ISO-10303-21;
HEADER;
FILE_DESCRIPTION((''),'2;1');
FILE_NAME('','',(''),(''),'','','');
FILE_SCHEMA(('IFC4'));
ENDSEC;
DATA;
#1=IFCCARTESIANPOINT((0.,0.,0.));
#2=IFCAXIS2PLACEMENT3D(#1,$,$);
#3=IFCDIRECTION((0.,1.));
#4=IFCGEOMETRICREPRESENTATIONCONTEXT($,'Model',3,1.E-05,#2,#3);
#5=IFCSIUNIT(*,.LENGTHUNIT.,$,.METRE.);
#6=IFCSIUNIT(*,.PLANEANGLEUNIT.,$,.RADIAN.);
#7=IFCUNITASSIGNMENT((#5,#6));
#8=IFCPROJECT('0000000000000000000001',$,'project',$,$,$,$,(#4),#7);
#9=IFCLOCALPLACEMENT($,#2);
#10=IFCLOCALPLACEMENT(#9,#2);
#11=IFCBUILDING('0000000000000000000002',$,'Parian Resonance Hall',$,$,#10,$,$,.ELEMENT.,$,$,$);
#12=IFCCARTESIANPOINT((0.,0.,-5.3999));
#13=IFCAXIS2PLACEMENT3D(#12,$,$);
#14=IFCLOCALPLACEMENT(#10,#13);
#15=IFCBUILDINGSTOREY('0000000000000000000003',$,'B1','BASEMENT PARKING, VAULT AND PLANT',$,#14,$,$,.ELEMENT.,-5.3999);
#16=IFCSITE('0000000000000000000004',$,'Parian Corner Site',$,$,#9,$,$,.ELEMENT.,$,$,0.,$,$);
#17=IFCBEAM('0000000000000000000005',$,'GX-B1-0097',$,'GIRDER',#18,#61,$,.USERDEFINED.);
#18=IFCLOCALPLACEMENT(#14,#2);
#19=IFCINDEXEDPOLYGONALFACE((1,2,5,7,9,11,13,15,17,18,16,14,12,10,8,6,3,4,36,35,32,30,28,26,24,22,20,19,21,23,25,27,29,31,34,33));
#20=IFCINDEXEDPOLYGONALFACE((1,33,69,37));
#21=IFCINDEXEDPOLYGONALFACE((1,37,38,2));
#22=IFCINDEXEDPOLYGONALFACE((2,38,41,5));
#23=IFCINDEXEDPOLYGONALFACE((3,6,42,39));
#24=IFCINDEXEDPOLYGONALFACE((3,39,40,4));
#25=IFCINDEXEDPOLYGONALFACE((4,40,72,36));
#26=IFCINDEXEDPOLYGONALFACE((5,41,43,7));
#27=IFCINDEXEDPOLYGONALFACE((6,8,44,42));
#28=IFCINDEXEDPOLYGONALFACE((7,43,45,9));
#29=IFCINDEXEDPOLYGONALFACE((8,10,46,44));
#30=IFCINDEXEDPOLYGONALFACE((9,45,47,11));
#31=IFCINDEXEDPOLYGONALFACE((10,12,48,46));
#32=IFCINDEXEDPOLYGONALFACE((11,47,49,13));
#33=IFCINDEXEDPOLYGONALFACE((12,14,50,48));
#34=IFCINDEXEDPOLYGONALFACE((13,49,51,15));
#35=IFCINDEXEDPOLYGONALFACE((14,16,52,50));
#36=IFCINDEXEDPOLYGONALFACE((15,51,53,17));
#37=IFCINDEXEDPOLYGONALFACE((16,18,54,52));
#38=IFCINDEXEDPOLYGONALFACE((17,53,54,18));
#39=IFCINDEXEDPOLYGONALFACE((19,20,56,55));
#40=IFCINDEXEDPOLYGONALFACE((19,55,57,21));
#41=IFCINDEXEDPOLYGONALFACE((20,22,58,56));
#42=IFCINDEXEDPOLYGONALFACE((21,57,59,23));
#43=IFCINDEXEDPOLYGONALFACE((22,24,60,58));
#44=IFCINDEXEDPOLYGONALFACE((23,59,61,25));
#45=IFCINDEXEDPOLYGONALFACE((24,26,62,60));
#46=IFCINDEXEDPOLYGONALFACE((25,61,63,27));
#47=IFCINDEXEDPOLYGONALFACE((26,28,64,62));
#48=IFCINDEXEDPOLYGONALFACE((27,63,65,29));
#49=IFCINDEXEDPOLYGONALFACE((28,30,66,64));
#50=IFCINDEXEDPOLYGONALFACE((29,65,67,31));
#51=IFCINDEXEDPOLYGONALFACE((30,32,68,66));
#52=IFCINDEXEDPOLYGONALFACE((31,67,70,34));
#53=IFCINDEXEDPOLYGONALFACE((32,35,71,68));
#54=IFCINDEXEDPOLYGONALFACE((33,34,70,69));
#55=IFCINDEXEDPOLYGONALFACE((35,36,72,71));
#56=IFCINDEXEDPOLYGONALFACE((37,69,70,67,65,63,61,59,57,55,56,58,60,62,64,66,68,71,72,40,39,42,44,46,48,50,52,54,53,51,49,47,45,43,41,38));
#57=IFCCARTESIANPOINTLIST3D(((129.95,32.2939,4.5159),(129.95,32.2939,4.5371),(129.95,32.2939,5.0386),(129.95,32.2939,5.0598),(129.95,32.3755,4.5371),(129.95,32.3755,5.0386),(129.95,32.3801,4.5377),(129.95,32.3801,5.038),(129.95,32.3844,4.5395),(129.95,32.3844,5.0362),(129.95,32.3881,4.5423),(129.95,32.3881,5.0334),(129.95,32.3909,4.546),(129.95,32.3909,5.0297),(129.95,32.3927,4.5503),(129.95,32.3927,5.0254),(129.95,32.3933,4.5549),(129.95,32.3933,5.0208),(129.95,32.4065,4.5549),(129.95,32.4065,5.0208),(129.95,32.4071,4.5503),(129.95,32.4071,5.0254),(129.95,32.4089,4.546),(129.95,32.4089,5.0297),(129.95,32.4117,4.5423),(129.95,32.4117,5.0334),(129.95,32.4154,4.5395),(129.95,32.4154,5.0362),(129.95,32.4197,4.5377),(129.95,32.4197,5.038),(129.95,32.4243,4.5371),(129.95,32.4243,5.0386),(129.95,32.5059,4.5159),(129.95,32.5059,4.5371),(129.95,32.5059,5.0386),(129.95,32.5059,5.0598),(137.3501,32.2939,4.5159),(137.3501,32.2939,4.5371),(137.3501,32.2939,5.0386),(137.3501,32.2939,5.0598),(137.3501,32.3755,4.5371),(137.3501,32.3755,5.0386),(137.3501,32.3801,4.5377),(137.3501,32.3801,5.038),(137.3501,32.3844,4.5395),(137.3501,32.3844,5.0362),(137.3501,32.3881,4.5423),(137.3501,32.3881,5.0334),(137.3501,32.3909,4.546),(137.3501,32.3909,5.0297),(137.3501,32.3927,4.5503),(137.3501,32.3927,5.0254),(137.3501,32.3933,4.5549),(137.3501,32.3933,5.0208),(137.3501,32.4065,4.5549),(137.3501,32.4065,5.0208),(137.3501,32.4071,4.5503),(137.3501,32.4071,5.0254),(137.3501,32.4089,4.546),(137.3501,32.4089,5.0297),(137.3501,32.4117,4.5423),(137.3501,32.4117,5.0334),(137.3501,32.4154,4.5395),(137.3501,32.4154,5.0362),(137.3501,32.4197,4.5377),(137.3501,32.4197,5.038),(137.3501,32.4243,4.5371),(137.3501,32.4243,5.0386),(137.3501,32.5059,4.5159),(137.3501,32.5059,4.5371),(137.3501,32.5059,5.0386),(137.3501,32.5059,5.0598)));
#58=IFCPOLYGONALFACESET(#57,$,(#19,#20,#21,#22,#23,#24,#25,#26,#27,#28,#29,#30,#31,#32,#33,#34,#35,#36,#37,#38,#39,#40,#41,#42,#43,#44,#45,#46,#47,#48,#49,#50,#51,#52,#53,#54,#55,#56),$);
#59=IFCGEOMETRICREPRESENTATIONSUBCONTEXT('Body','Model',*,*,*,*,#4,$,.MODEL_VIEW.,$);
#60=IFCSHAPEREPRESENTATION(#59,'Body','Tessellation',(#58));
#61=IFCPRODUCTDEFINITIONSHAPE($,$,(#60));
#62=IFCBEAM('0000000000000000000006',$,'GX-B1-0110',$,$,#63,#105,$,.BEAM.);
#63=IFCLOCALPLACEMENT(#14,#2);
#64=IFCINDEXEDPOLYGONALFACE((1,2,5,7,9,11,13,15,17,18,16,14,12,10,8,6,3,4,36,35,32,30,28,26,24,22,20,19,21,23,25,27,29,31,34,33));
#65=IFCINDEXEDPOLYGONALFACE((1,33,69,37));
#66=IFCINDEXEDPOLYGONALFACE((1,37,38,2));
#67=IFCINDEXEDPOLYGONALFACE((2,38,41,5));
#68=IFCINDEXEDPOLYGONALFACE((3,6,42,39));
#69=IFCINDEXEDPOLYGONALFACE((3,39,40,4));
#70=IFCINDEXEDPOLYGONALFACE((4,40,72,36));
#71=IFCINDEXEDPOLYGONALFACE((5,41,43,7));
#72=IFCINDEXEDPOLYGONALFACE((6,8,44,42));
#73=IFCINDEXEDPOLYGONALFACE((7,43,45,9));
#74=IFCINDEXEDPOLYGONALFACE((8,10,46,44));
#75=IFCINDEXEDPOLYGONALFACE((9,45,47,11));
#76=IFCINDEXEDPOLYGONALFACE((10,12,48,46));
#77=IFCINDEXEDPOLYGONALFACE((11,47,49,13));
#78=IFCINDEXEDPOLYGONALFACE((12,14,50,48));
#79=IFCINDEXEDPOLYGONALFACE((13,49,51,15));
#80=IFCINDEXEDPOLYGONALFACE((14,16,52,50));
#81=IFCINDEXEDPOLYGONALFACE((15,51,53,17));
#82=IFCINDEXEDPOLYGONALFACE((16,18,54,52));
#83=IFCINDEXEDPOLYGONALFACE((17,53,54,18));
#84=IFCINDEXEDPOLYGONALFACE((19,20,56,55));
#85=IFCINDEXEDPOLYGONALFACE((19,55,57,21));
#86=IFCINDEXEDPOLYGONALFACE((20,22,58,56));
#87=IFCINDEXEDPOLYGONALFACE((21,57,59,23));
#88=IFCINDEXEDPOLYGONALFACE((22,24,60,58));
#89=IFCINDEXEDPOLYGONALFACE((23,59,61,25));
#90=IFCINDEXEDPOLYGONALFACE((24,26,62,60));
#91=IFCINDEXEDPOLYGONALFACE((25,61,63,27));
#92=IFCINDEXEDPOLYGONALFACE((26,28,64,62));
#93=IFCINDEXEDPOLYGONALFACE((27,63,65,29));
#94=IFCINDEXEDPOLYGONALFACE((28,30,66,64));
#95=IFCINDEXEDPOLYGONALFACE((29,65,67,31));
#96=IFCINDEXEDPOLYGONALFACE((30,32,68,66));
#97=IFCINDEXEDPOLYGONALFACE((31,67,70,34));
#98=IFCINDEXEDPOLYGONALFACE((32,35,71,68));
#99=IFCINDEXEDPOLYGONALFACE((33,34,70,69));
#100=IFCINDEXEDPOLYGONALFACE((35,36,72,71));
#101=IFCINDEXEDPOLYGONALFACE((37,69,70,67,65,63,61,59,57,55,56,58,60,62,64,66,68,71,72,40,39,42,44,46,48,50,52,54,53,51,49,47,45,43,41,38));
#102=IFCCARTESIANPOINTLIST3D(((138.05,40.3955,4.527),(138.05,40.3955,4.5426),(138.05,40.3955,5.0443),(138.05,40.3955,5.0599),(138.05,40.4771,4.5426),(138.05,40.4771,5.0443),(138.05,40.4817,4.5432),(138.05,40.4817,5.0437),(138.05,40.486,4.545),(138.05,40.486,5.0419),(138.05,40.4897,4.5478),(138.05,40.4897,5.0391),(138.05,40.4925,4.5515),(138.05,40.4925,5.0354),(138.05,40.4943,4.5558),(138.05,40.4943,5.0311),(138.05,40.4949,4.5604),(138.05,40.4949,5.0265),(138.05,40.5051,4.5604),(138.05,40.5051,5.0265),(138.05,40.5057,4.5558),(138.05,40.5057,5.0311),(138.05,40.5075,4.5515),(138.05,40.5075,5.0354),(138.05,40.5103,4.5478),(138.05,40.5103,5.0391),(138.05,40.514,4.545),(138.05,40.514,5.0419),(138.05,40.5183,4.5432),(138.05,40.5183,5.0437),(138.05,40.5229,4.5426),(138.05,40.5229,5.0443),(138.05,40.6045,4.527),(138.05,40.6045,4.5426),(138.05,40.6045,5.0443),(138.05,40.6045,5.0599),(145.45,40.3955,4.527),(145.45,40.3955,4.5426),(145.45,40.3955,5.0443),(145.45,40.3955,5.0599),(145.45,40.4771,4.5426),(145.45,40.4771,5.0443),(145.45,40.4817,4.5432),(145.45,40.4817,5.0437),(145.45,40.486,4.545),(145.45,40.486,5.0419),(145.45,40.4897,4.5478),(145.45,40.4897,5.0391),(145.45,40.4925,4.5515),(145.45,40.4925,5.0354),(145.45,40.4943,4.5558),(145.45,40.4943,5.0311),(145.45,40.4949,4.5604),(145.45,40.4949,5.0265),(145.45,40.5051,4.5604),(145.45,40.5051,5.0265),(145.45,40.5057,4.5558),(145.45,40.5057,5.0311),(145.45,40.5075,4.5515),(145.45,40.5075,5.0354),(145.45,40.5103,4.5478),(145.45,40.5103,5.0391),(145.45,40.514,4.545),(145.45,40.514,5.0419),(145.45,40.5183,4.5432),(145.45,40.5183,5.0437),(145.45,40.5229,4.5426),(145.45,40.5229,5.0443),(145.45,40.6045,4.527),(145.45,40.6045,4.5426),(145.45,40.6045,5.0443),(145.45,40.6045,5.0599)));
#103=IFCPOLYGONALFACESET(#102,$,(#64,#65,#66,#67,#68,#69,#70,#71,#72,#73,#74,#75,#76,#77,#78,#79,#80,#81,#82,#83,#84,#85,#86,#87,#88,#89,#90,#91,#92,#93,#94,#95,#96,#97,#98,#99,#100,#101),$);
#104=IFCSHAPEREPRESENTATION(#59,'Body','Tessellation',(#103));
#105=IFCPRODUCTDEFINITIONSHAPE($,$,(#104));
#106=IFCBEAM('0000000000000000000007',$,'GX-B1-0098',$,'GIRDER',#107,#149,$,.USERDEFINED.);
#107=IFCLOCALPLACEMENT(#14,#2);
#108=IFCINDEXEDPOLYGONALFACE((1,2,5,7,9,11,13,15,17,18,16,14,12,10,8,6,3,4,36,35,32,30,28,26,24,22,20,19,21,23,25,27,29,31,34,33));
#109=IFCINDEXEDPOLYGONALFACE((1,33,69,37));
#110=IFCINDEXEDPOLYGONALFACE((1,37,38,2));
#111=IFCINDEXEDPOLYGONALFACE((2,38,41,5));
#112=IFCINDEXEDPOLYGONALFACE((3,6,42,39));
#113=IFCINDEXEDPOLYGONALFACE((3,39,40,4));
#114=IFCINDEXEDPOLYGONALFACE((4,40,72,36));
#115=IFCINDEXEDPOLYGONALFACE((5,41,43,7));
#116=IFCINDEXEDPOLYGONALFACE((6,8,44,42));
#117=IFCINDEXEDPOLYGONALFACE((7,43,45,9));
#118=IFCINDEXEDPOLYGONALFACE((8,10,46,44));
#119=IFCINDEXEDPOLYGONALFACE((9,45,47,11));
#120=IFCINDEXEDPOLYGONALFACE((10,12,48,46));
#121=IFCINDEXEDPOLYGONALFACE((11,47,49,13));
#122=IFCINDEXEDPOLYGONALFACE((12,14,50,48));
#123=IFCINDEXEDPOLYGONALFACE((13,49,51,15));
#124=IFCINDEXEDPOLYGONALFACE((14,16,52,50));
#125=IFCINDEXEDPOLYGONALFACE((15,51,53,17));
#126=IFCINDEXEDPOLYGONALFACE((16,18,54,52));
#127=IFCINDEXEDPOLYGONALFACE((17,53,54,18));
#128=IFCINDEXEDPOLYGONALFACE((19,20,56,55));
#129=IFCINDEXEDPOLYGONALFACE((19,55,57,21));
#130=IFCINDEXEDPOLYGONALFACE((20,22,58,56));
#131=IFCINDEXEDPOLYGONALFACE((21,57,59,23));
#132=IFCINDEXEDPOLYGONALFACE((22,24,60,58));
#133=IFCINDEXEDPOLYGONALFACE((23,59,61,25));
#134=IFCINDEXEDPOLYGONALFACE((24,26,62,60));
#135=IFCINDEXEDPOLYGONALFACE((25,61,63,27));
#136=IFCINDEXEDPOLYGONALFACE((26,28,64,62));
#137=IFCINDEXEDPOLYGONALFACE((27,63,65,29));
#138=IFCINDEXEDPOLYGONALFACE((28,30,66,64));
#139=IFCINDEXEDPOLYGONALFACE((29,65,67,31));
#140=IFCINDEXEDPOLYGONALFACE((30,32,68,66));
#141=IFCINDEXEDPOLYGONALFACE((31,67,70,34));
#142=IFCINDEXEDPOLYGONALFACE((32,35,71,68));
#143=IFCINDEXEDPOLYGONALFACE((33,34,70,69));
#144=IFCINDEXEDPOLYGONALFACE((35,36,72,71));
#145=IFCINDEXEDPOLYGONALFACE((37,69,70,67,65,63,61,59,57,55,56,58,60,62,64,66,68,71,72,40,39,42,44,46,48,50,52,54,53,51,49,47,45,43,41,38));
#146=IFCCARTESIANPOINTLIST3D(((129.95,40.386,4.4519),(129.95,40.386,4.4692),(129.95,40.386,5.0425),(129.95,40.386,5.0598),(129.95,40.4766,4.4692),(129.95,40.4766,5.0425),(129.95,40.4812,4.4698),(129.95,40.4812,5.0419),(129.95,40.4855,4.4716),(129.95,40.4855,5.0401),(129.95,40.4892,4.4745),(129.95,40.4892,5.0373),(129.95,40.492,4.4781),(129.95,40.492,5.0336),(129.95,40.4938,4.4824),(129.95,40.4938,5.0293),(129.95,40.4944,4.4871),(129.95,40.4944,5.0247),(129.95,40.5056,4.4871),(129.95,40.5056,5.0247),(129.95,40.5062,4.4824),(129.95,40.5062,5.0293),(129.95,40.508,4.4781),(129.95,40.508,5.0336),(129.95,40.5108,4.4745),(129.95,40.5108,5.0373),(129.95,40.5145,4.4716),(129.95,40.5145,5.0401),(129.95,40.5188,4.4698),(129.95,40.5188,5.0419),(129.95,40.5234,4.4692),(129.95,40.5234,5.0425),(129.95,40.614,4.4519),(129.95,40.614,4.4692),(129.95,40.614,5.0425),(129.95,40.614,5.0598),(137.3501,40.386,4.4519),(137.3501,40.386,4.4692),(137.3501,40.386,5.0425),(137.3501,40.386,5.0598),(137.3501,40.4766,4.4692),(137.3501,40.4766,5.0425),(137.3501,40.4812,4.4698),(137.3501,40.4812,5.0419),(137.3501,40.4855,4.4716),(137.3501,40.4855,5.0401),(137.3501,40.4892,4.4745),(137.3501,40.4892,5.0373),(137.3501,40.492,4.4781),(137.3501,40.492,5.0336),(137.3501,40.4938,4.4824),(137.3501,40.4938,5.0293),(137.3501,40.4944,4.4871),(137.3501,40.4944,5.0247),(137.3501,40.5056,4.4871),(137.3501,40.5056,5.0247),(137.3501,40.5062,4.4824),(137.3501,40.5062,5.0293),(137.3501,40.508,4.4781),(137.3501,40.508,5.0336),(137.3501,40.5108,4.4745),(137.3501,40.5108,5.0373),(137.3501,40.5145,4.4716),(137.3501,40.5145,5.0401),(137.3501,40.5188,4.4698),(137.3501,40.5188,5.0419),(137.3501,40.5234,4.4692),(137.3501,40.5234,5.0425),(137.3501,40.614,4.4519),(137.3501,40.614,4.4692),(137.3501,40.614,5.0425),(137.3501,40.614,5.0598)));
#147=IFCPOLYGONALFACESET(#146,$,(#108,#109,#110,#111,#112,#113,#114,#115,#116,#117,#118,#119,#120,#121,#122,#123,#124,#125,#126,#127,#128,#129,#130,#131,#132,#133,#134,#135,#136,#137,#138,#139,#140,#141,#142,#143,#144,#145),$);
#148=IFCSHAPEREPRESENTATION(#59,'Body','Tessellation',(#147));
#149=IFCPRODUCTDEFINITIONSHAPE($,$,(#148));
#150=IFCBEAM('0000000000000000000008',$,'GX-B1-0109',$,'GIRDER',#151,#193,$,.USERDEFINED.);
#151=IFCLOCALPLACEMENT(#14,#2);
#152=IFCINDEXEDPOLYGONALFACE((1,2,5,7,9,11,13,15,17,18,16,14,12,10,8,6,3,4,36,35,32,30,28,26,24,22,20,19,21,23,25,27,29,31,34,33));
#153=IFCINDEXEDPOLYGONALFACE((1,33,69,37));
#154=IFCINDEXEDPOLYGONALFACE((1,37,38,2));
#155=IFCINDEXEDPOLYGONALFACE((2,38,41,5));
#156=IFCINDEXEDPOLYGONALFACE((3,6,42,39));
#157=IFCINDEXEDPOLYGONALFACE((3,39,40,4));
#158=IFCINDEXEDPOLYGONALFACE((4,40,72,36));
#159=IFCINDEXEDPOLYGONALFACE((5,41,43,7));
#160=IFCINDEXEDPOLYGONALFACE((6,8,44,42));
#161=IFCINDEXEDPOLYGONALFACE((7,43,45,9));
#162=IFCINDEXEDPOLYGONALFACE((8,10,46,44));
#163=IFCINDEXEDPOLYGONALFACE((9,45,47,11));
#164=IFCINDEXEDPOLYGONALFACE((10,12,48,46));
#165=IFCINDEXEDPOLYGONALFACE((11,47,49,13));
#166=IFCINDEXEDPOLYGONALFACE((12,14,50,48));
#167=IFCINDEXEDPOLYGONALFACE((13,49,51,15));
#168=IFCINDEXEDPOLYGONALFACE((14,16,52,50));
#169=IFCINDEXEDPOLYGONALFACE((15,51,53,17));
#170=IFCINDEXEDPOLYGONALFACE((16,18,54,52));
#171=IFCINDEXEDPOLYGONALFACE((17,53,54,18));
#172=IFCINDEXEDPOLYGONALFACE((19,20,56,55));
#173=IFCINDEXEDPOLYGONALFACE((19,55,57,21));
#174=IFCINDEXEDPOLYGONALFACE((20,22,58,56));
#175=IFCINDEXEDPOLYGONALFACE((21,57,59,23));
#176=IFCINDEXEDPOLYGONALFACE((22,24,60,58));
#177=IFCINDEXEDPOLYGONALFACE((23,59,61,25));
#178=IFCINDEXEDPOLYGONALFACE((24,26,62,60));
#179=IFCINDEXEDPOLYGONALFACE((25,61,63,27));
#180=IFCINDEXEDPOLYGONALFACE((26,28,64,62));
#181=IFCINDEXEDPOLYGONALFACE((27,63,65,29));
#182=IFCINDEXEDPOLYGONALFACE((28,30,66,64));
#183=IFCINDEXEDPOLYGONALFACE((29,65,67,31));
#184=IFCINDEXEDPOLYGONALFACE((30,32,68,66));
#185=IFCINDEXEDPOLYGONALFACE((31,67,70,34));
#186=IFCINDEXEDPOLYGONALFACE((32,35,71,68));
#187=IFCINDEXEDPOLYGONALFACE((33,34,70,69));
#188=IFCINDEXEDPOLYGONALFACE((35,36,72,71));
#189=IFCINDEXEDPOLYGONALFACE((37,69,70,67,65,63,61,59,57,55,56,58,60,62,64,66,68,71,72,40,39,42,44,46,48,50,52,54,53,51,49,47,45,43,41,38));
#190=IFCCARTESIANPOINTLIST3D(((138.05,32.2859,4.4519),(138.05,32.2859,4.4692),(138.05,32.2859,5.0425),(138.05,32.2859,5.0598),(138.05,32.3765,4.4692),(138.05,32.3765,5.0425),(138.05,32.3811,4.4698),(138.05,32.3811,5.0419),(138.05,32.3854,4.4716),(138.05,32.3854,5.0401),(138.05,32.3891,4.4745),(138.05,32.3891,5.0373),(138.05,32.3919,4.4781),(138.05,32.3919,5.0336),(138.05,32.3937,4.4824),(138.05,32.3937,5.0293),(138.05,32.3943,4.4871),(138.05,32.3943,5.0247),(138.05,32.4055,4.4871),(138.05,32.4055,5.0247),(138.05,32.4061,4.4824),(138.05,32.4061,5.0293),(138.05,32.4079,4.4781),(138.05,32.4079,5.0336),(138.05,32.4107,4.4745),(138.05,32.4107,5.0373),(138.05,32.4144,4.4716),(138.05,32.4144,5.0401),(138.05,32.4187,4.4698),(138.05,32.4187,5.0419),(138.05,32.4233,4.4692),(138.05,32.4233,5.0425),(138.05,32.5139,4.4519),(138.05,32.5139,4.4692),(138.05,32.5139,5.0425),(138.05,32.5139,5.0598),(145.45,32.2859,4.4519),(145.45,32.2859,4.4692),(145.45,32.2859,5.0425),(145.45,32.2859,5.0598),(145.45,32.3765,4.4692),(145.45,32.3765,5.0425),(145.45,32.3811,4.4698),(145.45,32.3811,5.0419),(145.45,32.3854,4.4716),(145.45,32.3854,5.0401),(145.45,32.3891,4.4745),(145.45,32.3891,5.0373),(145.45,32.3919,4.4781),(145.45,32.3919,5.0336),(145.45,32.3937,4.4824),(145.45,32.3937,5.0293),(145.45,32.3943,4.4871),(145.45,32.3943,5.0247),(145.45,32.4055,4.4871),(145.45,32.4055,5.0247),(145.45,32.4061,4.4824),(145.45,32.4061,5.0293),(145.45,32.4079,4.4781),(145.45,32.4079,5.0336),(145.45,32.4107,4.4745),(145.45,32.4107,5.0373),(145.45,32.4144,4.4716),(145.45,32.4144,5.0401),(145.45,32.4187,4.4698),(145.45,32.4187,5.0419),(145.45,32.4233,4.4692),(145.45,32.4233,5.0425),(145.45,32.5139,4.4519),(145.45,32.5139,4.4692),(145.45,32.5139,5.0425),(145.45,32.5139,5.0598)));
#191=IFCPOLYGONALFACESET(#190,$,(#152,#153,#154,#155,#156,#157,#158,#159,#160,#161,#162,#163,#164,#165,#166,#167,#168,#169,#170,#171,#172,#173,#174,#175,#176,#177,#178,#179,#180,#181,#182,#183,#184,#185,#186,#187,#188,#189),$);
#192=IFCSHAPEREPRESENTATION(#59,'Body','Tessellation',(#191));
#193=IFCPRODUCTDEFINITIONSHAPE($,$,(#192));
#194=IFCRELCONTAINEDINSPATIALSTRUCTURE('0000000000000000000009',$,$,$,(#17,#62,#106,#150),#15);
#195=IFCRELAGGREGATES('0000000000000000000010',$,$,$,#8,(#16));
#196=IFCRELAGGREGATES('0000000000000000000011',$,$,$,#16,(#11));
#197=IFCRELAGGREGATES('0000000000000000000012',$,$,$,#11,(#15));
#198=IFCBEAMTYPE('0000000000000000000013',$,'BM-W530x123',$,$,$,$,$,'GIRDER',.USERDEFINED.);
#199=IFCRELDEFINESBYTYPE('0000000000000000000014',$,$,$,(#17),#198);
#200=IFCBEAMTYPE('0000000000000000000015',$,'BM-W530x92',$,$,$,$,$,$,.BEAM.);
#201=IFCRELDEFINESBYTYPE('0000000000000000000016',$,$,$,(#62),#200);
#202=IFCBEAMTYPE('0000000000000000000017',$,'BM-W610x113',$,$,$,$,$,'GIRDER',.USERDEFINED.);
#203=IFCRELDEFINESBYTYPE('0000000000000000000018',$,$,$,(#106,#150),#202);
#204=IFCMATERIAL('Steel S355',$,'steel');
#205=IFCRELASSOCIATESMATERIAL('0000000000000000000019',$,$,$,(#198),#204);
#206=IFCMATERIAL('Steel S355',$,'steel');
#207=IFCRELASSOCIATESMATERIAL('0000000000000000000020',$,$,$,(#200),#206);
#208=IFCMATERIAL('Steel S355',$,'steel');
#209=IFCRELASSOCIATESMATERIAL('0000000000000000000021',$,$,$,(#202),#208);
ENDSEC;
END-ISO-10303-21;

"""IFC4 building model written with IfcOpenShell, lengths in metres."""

from ifc_helpers import new_model, si_unit, direction, frame, origin, origin_2d, place, context, subcontext, project, spatial, i_section, extrude, material, material_profile, profile_set, type_object, element, save


model = new_model("IFC4")

# Units and contexts
model_context = context("Model", 3, precision=1e-05, world=origin(), true_north=direction((0.0, 1.0)))
body_context = subcontext(model_context, "Body", "Model", "MODEL_VIEW")
ifc_project = project(units=[si_unit("LENGTHUNIT", "METRE"), si_unit("PLANEANGLEUNIT", "RADIAN")], contexts=[model_context])

# Site, building, storey
site_placement = place(None, origin())
site = spatial("IfcSite", under=ifc_project, at=site_placement, Name="Parian Corner Site", CompositionType="ELEMENT", RefElevation=0.0)
building_placement = place(site_placement, origin())
building = spatial("IfcBuilding", under=site, at=building_placement, Name="Parian Resonance Hall", CompositionType="ELEMENT")
storey_placement = place(building_placement, frame((0.0, 0.0, -5.3999)))
storey = spatial("IfcBuildingStorey", under=building, at=storey_placement, Name="B1", Description="BASEMENT PARKING, VAULT AND PLANT", CompositionType="ELEMENT", Elevation=-5.3999)

# Beams
ifc_material_1 = material(Name="Steel S355", Category="steel")
ifc_material_profile_1 = material_profile(ifc_material_1, i_section(OverallWidth=0.2119, OverallDepth=0.5439, WebThickness=0.0132, FlangeThickness=0.0212, FilletRadius=0.0178, at=origin_2d()), Name="W530x123")
ifc_profile_set_1 = profile_set([ifc_material_profile_1], Name="Steel S355")
beam_type_1 = type_object("IfcBeamType", Name="BM-W530x123", ElementType="GIRDER", PredefinedType="USERDEFINED", material=ifc_profile_set_1)
beam_1_placement = place(storey_placement, frame((129.95, 32.3999, 4.7878), z_axis=(1.0, 0.0, 0.0), x_axis=(0.0, 1.0, 0.0)))
element("IfcBeam", 1, at=beam_1_placement, inside=storey, type_object=beam_type_1, Name="GX-B1-0097", ObjectType="GIRDER", PredefinedType="USERDEFINED", context=body_context, shape_type="SweptSolid", body=[
    extrude(i_section(OverallWidth=0.2119, OverallDepth=0.5439, WebThickness=0.0132, FlangeThickness=0.0212, FilletRadius=0.0178, at=origin_2d()), origin(), (0.0, 0.0, 1.0), 7.4001),
])
ifc_material_2 = material(Name="Steel S355", Category="steel")
ifc_material_profile_2 = material_profile(ifc_material_2, i_section(OverallWidth=0.209, OverallDepth=0.533, WebThickness=0.0103, FlangeThickness=0.0156, FilletRadius=0.0178, at=origin_2d()), Name="W530x92")
ifc_profile_set_2 = profile_set([ifc_material_profile_2], Name="Steel S355")
beam_type_2 = type_object("IfcBeamType", Name="BM-W530x92", PredefinedType="BEAM", material=ifc_profile_set_2)
beam_2_placement = place(storey_placement, frame((138.05, 40.5, 4.7935), z_axis=(1.0, 0.0, 0.0), x_axis=(0.0, 1.0, 0.0)))
element("IfcBeam", 2, at=beam_2_placement, inside=storey, type_object=beam_type_2, Name="GX-B1-0110", PredefinedType="BEAM", context=body_context, shape_type="SweptSolid", body=[
    extrude(i_section(OverallWidth=0.209, OverallDepth=0.533, WebThickness=0.0103, FlangeThickness=0.0156, FilletRadius=0.0178, at=origin_2d()), origin(), (0.0, 0.0, 1.0), 7.3999),
])
ifc_material_3 = material(Name="Steel S355", Category="steel")
ifc_material_profile_3 = material_profile(ifc_material_3, i_section(OverallWidth=0.228, OverallDepth=0.6079, WebThickness=0.0112, FlangeThickness=0.0173, FilletRadius=0.0178, at=origin_2d()), Name="W610x113")
ifc_profile_set_3 = profile_set([ifc_material_profile_3], Name="Steel S355")
beam_type_3 = type_object("IfcBeamType", Name="BM-W610x113", ElementType="GIRDER", PredefinedType="USERDEFINED", material=ifc_profile_set_3)
beam_3_placement = place(storey_placement, frame((129.95, 40.5, 4.7559), z_axis=(1.0, 0.0, 0.0), x_axis=(0.0, 1.0, 0.0)))
element("IfcBeam", 3, at=beam_3_placement, inside=storey, type_object=beam_type_3, Name="GX-B1-0098", ObjectType="GIRDER", PredefinedType="USERDEFINED", context=body_context, shape_type="SweptSolid", body=[
    extrude(i_section(OverallWidth=0.228, OverallDepth=0.6079, WebThickness=0.0112, FlangeThickness=0.0173, FilletRadius=0.0178, at=origin_2d()), origin(), (0.0, 0.0, 1.0), 7.4001),
])
beam_4_placement = place(storey_placement, frame((138.05, 32.3999, 4.7559), z_axis=(1.0, 0.0, 0.0), x_axis=(0.0, 1.0, 0.0)))
element("IfcBeam", 4, at=beam_4_placement, inside=storey, type_object=beam_type_3, Name="GX-B1-0109", ObjectType="GIRDER", PredefinedType="USERDEFINED", context=body_context, shape_type="SweptSolid", body=[
    extrude(i_section(OverallWidth=0.228, OverallDepth=0.6079, WebThickness=0.0112, FlangeThickness=0.0173, FilletRadius=0.0178, at=origin_2d()), origin(), (0.0, 0.0, 1.0), 7.3999),
])

save(model, "model.ifc")
